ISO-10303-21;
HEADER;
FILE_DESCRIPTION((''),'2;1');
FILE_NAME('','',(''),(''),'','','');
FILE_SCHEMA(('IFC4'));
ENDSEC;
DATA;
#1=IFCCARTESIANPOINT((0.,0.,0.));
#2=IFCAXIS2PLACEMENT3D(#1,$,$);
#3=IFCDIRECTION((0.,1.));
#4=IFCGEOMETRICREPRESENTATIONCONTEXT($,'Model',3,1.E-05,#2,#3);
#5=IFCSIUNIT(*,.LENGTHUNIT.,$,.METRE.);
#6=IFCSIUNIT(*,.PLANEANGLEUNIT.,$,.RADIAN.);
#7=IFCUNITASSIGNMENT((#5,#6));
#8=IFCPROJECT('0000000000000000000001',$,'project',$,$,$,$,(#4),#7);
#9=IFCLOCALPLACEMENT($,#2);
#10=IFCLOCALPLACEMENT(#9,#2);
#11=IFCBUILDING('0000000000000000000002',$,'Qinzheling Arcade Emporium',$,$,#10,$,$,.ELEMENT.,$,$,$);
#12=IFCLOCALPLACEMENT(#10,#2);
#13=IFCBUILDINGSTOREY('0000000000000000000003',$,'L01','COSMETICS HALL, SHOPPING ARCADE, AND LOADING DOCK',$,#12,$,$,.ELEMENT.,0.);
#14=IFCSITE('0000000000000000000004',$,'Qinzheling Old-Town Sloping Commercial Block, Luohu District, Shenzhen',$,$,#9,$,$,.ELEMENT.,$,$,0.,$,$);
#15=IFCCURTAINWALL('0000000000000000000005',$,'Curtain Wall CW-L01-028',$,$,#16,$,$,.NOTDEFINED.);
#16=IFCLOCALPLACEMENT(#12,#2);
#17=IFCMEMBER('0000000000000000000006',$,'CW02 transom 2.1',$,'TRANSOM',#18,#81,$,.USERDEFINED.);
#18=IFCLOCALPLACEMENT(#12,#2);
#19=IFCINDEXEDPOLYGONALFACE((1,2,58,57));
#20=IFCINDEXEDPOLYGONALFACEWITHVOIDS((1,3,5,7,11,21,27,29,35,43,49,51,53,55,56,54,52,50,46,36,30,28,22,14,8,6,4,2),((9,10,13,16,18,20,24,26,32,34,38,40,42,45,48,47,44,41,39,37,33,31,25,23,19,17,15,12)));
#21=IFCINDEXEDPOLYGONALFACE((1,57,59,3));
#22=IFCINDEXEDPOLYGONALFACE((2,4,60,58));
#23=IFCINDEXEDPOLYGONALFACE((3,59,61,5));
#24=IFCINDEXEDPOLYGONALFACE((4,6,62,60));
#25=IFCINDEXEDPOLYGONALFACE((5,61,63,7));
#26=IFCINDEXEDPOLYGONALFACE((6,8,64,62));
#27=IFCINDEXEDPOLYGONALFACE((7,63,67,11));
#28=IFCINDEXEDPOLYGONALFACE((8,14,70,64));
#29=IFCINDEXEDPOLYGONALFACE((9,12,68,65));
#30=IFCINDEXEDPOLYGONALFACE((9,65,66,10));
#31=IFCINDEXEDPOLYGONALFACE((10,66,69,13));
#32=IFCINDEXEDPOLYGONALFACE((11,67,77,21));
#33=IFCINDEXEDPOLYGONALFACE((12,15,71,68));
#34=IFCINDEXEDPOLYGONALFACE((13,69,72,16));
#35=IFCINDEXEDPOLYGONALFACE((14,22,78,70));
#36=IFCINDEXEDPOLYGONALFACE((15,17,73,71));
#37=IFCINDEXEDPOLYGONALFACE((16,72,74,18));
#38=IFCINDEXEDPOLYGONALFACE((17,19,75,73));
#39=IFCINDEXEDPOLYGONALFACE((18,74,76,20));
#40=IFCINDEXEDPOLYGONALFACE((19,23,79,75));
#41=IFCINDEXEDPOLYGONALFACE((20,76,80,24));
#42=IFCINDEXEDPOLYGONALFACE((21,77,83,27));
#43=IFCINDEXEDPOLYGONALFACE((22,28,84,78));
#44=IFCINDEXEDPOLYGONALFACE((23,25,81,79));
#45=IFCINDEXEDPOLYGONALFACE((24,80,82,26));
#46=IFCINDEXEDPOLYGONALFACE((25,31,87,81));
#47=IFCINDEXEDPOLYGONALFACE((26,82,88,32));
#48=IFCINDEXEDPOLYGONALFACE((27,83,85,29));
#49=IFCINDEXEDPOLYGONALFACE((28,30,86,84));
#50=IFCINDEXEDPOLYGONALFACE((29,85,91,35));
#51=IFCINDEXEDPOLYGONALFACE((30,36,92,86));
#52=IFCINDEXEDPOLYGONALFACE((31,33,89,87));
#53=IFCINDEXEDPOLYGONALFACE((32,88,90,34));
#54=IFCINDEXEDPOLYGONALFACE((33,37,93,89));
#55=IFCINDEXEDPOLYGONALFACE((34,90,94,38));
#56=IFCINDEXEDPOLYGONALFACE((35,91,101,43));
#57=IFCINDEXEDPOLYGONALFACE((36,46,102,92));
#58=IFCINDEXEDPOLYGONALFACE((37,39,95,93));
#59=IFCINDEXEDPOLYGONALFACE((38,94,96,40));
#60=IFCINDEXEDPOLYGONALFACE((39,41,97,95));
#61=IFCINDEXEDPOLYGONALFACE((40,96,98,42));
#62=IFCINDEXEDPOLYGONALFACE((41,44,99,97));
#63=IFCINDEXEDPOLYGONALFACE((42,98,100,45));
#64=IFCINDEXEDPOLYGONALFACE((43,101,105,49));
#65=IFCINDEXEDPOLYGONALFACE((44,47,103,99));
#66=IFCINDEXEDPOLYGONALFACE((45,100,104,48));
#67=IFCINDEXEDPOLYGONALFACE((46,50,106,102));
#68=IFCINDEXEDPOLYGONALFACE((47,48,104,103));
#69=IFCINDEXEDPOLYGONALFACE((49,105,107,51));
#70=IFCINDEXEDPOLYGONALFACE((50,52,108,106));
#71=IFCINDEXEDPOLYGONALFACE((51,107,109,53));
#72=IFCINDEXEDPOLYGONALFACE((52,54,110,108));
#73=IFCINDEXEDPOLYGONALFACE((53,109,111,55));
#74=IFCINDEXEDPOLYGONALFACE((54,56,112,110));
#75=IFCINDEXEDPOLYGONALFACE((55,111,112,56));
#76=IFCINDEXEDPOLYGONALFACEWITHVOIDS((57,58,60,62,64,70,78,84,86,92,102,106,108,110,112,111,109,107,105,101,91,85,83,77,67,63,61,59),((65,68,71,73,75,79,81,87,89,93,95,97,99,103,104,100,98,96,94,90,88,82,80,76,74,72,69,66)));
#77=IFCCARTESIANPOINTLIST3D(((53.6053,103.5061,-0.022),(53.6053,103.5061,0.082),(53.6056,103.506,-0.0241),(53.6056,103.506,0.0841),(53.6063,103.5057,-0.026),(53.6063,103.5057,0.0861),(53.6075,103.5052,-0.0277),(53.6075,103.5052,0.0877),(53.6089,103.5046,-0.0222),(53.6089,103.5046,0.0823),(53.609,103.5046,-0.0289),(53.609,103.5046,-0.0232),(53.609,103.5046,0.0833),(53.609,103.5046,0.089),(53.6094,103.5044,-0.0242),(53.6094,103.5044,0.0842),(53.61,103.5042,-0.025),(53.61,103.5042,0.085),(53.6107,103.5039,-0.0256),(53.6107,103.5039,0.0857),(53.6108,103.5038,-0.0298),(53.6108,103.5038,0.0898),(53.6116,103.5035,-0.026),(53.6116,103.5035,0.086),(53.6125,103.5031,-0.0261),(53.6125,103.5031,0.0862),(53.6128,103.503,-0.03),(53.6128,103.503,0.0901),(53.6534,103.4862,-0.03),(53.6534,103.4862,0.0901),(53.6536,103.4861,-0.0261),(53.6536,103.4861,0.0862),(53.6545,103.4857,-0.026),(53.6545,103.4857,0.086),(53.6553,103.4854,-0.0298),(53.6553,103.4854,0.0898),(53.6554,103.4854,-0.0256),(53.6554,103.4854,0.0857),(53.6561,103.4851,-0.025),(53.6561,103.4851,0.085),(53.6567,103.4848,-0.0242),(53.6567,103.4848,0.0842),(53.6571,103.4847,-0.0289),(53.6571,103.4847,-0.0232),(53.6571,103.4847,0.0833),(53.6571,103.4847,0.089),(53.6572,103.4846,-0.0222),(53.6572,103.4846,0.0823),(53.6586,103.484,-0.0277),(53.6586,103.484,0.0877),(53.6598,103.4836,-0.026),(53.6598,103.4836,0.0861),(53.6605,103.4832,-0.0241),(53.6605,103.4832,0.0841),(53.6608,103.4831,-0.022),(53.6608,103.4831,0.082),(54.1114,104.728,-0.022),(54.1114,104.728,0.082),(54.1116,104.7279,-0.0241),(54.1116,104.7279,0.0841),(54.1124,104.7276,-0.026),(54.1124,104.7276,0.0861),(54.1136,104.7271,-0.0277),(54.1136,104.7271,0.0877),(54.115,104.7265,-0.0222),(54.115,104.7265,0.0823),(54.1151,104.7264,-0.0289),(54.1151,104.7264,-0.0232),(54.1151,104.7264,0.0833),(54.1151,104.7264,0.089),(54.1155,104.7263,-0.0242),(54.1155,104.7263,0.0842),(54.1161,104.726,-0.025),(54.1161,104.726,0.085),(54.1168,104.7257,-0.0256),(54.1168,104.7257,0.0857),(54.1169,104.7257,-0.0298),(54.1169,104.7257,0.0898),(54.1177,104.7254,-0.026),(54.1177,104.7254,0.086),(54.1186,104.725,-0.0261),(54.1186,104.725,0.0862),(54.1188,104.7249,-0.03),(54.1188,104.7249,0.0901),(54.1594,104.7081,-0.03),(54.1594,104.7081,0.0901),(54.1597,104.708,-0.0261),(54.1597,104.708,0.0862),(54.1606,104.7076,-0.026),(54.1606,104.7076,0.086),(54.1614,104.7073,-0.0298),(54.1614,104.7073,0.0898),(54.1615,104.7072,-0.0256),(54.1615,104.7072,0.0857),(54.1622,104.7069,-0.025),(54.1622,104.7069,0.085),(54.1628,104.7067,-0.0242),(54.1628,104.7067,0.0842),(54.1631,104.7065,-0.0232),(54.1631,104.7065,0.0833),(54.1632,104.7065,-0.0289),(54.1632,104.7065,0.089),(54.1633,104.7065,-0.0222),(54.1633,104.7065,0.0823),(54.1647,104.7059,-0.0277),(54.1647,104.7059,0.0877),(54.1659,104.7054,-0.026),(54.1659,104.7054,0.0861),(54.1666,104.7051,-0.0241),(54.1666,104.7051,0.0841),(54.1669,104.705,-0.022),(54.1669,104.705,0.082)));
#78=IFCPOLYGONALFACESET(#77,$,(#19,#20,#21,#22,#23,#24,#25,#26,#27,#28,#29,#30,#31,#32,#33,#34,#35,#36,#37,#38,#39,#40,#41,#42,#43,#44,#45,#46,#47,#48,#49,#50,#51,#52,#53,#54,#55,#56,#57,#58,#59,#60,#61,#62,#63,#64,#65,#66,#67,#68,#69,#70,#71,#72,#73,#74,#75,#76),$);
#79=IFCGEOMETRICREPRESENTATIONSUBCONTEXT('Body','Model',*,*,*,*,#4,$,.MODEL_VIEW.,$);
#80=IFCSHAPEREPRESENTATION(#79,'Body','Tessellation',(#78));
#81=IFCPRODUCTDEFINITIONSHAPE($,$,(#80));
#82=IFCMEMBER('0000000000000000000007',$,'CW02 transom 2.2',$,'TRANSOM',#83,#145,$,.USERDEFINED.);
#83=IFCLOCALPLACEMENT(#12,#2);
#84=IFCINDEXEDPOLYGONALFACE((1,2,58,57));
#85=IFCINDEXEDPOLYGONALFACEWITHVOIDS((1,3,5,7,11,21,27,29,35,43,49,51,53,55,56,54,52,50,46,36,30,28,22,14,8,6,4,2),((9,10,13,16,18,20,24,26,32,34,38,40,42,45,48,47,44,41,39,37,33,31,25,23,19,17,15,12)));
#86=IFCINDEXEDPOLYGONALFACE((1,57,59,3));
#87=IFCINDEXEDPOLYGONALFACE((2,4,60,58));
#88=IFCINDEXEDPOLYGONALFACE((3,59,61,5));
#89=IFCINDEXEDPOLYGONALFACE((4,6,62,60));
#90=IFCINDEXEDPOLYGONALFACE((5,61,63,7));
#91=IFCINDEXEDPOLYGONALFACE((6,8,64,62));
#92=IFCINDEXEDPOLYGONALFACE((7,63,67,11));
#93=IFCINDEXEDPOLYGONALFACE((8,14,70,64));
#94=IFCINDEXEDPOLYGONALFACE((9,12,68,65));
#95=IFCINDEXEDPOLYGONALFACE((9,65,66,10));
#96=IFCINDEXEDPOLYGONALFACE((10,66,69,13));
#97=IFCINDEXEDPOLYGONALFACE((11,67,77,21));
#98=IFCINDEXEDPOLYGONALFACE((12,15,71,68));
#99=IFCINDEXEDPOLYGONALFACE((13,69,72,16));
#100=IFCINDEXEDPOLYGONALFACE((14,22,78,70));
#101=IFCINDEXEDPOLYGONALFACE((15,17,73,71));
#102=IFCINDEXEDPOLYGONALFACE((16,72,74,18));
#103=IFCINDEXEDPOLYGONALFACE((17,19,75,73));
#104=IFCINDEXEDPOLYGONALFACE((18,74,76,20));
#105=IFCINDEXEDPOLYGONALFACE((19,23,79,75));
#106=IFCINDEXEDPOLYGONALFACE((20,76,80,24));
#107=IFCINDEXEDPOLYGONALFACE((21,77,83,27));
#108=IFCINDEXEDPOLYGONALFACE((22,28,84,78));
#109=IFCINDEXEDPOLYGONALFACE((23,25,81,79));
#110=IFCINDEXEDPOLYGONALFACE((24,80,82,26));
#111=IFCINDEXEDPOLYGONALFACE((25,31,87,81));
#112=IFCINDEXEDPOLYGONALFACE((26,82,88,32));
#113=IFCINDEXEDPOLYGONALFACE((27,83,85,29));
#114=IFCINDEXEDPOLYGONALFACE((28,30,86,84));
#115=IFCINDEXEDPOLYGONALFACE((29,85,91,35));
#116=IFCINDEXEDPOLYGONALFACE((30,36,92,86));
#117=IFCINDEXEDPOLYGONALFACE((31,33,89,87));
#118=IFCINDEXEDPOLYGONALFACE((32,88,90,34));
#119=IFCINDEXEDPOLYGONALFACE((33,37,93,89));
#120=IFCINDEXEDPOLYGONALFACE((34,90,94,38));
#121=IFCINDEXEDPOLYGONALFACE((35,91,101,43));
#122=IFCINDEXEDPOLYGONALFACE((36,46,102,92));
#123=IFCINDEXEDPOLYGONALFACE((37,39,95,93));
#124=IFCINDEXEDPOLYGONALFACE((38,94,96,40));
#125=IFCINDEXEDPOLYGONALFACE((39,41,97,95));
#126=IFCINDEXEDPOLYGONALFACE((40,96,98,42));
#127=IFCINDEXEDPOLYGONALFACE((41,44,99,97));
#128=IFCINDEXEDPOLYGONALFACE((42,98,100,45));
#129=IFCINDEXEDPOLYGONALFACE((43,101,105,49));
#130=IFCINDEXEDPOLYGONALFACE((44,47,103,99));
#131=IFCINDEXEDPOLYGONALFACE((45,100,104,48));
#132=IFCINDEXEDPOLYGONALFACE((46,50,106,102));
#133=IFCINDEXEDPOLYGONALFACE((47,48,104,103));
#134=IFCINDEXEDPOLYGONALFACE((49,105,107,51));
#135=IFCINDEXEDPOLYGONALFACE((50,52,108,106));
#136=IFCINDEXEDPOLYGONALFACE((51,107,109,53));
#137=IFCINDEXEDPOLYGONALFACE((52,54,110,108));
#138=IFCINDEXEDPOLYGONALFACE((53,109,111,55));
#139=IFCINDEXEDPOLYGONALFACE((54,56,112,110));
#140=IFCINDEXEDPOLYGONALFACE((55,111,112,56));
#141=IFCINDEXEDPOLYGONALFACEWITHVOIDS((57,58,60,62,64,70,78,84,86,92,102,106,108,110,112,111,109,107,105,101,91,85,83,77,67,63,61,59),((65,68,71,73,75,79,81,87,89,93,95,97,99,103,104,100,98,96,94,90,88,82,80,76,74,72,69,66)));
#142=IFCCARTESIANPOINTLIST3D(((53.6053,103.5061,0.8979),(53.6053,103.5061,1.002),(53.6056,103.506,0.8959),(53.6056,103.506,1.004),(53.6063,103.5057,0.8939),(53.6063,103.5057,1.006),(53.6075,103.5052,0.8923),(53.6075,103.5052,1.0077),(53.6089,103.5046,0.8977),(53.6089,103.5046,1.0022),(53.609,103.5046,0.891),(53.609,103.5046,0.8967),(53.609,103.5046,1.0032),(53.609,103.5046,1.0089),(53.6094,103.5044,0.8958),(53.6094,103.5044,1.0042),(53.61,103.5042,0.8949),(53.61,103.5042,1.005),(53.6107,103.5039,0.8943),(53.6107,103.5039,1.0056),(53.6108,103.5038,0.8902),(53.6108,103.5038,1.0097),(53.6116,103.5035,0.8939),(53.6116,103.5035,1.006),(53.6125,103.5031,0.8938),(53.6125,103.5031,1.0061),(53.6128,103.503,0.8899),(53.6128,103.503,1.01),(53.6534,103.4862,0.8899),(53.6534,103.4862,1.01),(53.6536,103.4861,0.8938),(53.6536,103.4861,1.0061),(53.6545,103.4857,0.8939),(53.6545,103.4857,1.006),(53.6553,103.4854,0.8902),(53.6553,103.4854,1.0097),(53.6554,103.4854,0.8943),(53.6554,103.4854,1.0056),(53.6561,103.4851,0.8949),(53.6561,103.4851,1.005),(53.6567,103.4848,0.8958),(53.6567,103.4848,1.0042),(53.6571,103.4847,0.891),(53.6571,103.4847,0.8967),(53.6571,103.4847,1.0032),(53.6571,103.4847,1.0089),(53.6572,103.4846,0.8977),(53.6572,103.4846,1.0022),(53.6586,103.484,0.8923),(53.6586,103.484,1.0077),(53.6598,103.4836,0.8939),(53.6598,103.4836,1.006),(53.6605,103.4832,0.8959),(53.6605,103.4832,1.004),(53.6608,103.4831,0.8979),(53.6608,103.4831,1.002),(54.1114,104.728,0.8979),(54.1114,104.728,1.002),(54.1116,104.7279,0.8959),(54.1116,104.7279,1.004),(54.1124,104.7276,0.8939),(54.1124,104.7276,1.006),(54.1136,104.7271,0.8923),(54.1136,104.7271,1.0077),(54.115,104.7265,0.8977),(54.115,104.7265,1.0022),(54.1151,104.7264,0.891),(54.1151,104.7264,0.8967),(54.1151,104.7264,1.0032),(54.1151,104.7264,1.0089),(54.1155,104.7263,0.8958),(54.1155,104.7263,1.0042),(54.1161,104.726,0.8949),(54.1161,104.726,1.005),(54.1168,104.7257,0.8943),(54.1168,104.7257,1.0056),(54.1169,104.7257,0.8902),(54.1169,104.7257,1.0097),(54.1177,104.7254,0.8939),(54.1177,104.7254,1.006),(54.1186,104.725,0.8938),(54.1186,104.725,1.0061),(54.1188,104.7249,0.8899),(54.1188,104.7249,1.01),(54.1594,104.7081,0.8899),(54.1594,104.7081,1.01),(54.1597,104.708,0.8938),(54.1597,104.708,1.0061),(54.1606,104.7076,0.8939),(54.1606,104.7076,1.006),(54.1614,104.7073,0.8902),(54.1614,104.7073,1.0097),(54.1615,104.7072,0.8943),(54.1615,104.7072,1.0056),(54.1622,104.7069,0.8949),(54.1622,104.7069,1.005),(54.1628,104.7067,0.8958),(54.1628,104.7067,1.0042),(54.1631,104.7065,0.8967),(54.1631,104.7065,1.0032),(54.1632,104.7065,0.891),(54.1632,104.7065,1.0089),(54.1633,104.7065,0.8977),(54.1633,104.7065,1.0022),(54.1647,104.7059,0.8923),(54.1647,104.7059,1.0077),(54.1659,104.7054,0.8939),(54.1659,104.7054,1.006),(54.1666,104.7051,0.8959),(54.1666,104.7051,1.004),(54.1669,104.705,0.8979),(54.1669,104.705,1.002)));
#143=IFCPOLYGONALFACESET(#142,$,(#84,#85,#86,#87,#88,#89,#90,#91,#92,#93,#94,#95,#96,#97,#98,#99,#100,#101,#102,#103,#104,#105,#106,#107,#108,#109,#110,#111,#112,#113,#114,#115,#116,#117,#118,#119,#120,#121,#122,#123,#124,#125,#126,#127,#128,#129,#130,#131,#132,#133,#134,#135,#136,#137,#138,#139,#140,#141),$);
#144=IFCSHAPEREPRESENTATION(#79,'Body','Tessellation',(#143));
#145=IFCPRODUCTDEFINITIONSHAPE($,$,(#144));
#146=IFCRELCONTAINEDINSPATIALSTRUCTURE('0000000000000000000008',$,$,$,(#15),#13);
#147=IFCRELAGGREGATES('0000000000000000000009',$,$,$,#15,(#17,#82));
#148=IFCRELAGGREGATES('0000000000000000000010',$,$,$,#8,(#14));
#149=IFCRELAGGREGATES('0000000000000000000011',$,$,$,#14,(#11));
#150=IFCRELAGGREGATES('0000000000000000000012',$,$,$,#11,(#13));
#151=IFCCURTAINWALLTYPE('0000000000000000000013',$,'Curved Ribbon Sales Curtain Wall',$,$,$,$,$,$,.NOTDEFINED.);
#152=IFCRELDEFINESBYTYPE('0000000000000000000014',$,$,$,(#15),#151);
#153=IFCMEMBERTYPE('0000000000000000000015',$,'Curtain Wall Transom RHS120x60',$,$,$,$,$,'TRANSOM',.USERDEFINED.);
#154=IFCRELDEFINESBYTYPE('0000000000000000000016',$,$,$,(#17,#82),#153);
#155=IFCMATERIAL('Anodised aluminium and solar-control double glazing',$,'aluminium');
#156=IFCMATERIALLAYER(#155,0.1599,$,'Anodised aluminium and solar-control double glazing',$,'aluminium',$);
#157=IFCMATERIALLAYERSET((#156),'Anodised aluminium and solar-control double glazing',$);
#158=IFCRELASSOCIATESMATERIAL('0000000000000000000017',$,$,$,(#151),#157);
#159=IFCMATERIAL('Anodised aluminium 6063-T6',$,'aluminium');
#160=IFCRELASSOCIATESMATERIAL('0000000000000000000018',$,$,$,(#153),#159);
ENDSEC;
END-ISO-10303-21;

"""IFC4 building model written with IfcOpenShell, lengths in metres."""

from ifc_helpers import new_model, si_unit, direction, frame, origin, origin_2d, place, context, subcontext, project, spatial, hollow_rectangle, extrude, material, layer, layer_set, material_profile, profile_set, type_object, element, aggregate, save


model = new_model("IFC4")

# Units and contexts
model_context = context("Model", 3, precision=1e-05, world=origin(), true_north=direction((0.0, 1.0)))
body_context = subcontext(model_context, "Body", "Model", "MODEL_VIEW")
ifc_project = project(units=[si_unit("LENGTHUNIT", "METRE"), si_unit("PLANEANGLEUNIT", "RADIAN")], contexts=[model_context])

# Site, building, storey
site_placement = place(None, origin())
site = spatial("IfcSite", under=ifc_project, at=site_placement, Name="Qinzheling Old-Town Sloping Commercial Block, Luohu District, Shenzhen", CompositionType="ELEMENT", RefElevation=0.0)
building_placement = place(site_placement, origin())
building = spatial("IfcBuilding", under=site, at=building_placement, Name="Qinzheling Arcade Emporium", CompositionType="ELEMENT")
storey_placement = place(building_placement, origin())
storey = spatial("IfcBuildingStorey", under=building, at=storey_placement, Name="L01", Description="COSMETICS HALL, SHOPPING ARCADE, AND LOADING DOCK", CompositionType="ELEMENT", Elevation=0.0)

# Shared definitions
ifc_material_1 = material(Name="Anodised aluminium and solar-control double glazing", Category="aluminium")
ifc_layer_1 = layer(ifc_material_1, 0.1599, Name="Anodised aluminium and solar-control double glazing", Category="aluminium")
ifc_layer_set_1 = layer_set([ifc_layer_1], Name="Anodised aluminium and solar-control double glazing")
curtain_wall_type = type_object("IfcCurtainWallType", Name="Curved Ribbon Sales Curtain Wall", PredefinedType="NOTDEFINED", material=ifc_layer_set_1)
ifc_material_2 = material(Name="Anodised aluminium 6063-T6", Category="aluminium")

# Curtain wall
curtain_wall_1_placement = place(storey_placement, origin())
curtain_wall_1 = element("IfcCurtainWall", 1, at=curtain_wall_1_placement, inside=storey, type_object=curtain_wall_type, Name="Curtain Wall CW-L01-028", PredefinedType="NOTDEFINED")

# Members
ifc_material_profile_1 = material_profile(ifc_material_2, hollow_rectangle(XDim=0.0601, YDim=0.1201, WallThickness=0.0039, InnerFilletRadius=0.0039, OuterFilletRadius=0.0081, at=origin_2d()), Name="RHS 120x60x4", Category="aluminium")
ifc_profile_set_1 = profile_set([ifc_material_profile_1], Name="Anodised aluminium 6063-T6")
member_type_1 = type_object("IfcMemberType", Name="Curtain Wall Transom RHS120x60", ElementType="TRANSOM", PredefinedType="USERDEFINED", material=ifc_profile_set_1)
member_1_placement = place(storey_placement, frame((53.6331, 103.4946, 0.03), z_axis=(0.382662, 0.923889, 0.0), x_axis=(-0.923889, 0.382662, 0.0)))
member_1 = element("IfcMember", 2, at=member_1_placement, type_object=member_type_1, Name="CW02 transom 2.1", ObjectType="TRANSOM", PredefinedType="USERDEFINED", context=body_context, shape_type="SweptSolid", body=[
    extrude(hollow_rectangle(XDim=0.0601, YDim=0.1201, WallThickness=0.0039, InnerFilletRadius=0.0039, OuterFilletRadius=0.0081, at=origin_2d()), origin(), (0.0, 0.0, 1.0), 1.3225),
])
member_2_placement = place(storey_placement, frame((53.6331, 103.4946, 0.95), z_axis=(0.382662, 0.923889, 0.0), x_axis=(-0.923889, 0.382662, 0.0)))
member_2 = element("IfcMember", 3, at=member_2_placement, type_object=member_type_1, Name="CW02 transom 2.2", ObjectType="TRANSOM", PredefinedType="USERDEFINED", context=body_context, shape_type="SweptSolid", body=[
    extrude(hollow_rectangle(XDim=0.0601, YDim=0.1201, WallThickness=0.0039, InnerFilletRadius=0.0039, OuterFilletRadius=0.0081, at=origin_2d()), origin(), (0.0, 0.0, 1.0), 1.3225),
])

aggregate(curtain_wall_1, [member_1, member_2])

save(model, "model.ifc")
